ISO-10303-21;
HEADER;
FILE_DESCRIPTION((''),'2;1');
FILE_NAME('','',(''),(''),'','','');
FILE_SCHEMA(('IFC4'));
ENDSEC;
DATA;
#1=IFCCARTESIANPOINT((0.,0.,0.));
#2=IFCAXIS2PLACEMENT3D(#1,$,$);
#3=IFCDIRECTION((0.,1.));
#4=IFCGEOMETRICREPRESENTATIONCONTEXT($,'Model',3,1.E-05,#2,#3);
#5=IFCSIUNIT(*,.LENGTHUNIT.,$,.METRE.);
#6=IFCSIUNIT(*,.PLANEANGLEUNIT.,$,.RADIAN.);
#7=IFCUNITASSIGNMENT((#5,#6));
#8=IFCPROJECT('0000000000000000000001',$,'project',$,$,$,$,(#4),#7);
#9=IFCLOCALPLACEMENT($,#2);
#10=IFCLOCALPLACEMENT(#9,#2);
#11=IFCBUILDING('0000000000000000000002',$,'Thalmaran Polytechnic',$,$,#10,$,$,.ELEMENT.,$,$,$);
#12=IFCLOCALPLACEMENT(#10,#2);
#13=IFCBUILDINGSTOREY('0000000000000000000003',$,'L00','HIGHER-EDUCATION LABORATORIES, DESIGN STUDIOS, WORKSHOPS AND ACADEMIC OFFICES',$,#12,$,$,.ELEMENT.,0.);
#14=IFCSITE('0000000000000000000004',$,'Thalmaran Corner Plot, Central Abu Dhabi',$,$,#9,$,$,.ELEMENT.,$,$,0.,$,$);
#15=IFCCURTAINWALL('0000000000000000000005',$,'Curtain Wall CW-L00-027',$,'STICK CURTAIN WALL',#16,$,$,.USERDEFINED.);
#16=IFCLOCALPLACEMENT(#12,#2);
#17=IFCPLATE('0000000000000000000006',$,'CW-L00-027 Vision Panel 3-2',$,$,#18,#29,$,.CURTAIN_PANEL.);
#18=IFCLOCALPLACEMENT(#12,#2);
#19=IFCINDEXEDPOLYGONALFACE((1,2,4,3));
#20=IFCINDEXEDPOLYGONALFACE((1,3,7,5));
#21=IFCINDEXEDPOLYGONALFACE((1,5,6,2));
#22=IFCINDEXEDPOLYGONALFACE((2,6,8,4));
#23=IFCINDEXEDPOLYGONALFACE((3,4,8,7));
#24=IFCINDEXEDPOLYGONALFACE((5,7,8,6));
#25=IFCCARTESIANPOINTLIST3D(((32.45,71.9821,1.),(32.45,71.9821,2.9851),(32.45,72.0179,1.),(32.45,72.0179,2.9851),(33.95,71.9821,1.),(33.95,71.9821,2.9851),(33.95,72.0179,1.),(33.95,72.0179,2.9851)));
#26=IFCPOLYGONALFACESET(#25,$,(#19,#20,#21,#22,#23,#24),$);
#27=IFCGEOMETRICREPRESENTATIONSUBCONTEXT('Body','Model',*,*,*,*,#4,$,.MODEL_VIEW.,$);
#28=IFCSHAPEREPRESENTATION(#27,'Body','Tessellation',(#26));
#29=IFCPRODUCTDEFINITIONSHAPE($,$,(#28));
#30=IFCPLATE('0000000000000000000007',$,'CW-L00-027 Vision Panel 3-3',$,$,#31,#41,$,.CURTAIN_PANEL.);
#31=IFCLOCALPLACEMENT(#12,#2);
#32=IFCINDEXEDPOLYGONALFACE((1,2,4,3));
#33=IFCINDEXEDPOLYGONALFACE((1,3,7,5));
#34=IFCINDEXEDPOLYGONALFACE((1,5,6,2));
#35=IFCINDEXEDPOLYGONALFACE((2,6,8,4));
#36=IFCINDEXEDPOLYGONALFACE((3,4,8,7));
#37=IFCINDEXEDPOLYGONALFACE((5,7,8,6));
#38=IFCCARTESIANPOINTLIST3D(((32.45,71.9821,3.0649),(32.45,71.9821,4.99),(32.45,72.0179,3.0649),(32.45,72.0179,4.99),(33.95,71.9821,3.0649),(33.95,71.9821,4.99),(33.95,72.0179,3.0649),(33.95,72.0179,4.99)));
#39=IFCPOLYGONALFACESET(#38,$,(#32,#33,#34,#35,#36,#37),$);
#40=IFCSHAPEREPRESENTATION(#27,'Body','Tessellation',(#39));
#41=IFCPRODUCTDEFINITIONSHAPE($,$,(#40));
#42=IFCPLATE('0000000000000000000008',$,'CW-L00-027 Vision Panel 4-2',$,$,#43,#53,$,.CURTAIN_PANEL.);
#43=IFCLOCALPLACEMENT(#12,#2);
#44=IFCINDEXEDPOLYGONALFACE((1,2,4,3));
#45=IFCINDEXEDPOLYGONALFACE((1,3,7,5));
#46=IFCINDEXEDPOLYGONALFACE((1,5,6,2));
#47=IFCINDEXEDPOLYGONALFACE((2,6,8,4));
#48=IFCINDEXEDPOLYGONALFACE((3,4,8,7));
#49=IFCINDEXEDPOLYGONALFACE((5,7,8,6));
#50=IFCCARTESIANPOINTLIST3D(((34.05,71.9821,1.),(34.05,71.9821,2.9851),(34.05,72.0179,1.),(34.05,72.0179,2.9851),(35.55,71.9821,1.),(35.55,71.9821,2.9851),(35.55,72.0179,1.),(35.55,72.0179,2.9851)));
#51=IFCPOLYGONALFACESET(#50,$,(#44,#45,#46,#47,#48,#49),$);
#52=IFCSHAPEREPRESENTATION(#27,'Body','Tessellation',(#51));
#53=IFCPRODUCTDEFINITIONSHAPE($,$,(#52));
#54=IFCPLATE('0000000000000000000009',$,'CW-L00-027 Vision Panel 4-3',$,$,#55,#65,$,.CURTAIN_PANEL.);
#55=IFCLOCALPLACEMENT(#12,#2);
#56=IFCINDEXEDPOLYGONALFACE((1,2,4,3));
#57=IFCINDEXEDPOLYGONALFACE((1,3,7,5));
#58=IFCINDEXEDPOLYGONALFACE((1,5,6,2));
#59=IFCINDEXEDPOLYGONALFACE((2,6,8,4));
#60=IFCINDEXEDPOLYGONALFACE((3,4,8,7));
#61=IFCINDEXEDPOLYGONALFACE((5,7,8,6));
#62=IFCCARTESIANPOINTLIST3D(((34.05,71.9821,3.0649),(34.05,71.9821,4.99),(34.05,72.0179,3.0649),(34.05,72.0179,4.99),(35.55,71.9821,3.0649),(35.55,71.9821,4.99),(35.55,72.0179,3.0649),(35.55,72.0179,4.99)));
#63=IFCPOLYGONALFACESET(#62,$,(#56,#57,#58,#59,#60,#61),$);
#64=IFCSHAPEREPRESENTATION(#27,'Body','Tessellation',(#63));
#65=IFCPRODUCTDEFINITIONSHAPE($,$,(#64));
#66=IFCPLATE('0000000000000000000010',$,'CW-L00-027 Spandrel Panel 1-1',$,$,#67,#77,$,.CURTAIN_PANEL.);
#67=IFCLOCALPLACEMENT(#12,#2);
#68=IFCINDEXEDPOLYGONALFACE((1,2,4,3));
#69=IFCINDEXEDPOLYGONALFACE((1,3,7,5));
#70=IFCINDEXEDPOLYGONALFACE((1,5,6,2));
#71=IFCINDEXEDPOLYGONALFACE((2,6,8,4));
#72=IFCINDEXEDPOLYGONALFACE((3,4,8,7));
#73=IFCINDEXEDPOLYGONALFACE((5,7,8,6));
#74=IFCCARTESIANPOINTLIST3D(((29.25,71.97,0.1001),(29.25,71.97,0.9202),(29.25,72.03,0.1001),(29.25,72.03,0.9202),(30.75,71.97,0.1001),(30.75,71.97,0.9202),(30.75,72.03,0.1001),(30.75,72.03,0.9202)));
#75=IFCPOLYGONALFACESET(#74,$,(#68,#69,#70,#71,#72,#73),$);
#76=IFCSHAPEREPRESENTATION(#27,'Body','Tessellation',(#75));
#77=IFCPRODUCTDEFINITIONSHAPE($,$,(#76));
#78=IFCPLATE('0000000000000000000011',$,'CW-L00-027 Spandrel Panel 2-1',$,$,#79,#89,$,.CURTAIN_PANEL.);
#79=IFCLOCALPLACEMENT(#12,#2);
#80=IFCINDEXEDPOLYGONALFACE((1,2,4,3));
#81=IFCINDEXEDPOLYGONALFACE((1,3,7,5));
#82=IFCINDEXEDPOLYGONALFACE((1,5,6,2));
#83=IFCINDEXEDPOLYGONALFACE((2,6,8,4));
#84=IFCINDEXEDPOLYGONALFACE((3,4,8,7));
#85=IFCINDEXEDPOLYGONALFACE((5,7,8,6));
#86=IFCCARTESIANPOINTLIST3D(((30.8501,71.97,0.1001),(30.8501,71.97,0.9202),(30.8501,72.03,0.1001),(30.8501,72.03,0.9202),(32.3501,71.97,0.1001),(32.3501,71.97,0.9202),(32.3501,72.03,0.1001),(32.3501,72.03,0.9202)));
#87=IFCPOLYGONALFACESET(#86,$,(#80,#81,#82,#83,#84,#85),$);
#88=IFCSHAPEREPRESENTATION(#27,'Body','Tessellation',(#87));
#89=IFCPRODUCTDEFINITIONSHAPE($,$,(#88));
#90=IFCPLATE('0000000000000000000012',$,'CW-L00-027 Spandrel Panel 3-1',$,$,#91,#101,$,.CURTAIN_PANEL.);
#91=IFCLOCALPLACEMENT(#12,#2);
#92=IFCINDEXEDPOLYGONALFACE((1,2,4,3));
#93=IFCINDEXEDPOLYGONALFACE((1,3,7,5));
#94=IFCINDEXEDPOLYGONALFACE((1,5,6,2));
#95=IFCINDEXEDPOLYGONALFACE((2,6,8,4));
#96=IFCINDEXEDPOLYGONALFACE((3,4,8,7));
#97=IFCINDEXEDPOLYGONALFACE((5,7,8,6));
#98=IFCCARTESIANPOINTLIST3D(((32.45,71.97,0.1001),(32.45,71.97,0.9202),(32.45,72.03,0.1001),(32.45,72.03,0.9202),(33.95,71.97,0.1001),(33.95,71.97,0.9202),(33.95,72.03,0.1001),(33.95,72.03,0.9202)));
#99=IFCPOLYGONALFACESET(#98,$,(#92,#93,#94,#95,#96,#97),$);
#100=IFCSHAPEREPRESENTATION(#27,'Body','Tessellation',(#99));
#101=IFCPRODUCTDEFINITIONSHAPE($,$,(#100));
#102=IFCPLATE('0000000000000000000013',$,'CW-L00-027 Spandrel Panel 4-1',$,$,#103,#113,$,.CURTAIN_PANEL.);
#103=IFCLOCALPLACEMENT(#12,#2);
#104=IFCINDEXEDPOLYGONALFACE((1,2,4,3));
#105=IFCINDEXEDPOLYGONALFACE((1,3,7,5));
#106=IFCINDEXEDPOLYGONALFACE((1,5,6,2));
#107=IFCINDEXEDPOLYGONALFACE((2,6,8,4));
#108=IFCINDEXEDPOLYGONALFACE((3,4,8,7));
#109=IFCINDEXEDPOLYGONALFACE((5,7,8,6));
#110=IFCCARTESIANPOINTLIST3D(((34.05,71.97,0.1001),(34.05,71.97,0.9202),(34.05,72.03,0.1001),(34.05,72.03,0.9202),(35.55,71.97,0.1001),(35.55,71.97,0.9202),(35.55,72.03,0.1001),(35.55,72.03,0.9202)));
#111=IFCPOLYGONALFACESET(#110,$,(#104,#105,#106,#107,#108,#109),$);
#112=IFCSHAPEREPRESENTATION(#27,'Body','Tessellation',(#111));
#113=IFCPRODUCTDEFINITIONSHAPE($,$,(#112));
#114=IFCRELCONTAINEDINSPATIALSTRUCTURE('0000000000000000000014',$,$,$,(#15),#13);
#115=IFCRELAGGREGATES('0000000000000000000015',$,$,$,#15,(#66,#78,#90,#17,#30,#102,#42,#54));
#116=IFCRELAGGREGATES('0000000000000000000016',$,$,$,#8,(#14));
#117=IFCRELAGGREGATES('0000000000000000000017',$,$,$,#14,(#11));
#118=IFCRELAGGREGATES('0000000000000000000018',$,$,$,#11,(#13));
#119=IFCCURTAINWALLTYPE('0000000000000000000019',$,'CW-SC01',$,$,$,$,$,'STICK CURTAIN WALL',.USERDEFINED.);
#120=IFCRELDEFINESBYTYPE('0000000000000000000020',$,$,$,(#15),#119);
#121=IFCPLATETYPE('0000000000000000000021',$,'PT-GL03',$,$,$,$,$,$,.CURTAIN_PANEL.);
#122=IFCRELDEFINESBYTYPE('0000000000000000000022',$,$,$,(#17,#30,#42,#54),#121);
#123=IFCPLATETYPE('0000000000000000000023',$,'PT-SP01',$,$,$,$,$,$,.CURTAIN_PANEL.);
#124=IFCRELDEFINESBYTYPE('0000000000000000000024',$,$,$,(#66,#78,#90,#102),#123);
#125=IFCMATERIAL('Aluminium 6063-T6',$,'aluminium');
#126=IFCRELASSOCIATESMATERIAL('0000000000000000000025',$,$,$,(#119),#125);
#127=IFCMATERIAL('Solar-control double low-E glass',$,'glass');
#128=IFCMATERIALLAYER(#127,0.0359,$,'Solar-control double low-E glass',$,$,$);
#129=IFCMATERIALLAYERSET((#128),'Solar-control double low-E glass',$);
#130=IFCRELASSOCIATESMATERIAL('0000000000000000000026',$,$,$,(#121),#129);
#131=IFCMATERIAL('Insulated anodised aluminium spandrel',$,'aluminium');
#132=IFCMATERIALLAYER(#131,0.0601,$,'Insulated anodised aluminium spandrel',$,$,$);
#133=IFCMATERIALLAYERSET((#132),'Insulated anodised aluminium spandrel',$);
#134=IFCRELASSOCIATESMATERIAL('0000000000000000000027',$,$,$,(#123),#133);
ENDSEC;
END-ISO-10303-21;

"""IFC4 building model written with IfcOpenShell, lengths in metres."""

from ifc_helpers import new_model, si_unit, direction, frame, origin, origin_2d, place, context, subcontext, project, spatial, rectangle, extrude, material, layer, layer_set, type_object, element, aggregate, save


model = new_model("IFC4")

# Units and contexts
model_context = context("Model", 3, precision=1e-05, world=origin(), true_north=direction((0.0, 1.0)))
body_context = subcontext(model_context, "Body", "Model", "MODEL_VIEW")
ifc_project = project(units=[si_unit("LENGTHUNIT", "METRE"), si_unit("PLANEANGLEUNIT", "RADIAN")], contexts=[model_context])

# Site, building, storey
site_placement = place(None, origin())
site = spatial("IfcSite", under=ifc_project, at=site_placement, Name="Thalmaran Corner Plot, Central Abu Dhabi", CompositionType="ELEMENT", RefElevation=0.0)
building_placement = place(site_placement, origin())
building = spatial("IfcBuilding", under=site, at=building_placement, Name="Thalmaran Polytechnic", CompositionType="ELEMENT")
storey_placement = place(building_placement, origin())
storey = spatial("IfcBuildingStorey", under=building, at=storey_placement, Name="L00", Description="HIGHER-EDUCATION LABORATORIES, DESIGN STUDIOS, WORKSHOPS AND ACADEMIC OFFICES", CompositionType="ELEMENT", Elevation=0.0)

# Curtain wall
ifc_material_1 = material(Name="Aluminium 6063-T6", Category="aluminium")
curtain_wall_type = type_object("IfcCurtainWallType", Name="CW-SC01", ElementType="STICK CURTAIN WALL", PredefinedType="USERDEFINED", material=ifc_material_1)
curtain_wall_placement = place(storey_placement, origin())
curtain_wall = element("IfcCurtainWall", 1, at=curtain_wall_placement, inside=storey, type_object=curtain_wall_type, Name="Curtain Wall CW-L00-027", ObjectType="STICK CURTAIN WALL", PredefinedType="USERDEFINED")

# Plates
ifc_material_2 = material(Name="Solar-control double low-E glass", Category="glass")
ifc_layer_1 = layer(ifc_material_2, 0.0359, Name="Solar-control double low-E glass")
ifc_layer_set_1 = layer_set([ifc_layer_1], Name="Solar-control double low-E glass")
plate_type_1 = type_object("IfcPlateType", Name="PT-GL03", PredefinedType="CURTAIN_PANEL", material=ifc_layer_set_1)
plate_1_placement = place(storey_placement, frame((33.2, 72.0, 1.0), z_axis=(0.0, 0.0, 1.0), x_axis=(1.0, 0.0, 0.0)))
plate_1 = element("IfcPlate", 2, at=plate_1_placement, type_object=plate_type_1, Name="CW-L00-027 Vision Panel 3-2", PredefinedType="CURTAIN_PANEL", context=body_context, shape_type="SweptSolid", body=[
    extrude(rectangle(XDim=1.5, YDim=0.0359, at=origin_2d()), origin(), (0.0, 0.0, 1.0), 1.9851),
])
plate_2_placement = place(storey_placement, frame((33.2, 72.0, 3.0649), z_axis=(0.0, 0.0, 1.0), x_axis=(1.0, 0.0, 0.0)))
plate_2 = element("IfcPlate", 3, at=plate_2_placement, type_object=plate_type_1, Name="CW-L00-027 Vision Panel 3-3", PredefinedType="CURTAIN_PANEL", context=body_context, shape_type="SweptSolid", body=[
    extrude(rectangle(XDim=1.5, YDim=0.0359, at=origin_2d()), origin(), (0.0, 0.0, 1.0), 1.925),
])
plate_3_placement = place(storey_placement, frame((34.8, 72.0, 1.0), z_axis=(0.0, 0.0, 1.0), x_axis=(1.0, 0.0, 0.0)))
plate_3 = element("IfcPlate", 4, at=plate_3_placement, type_object=plate_type_1, Name="CW-L00-027 Vision Panel 4-2", PredefinedType="CURTAIN_PANEL", context=body_context, shape_type="SweptSolid", body=[
    extrude(rectangle(XDim=1.5, YDim=0.0359, at=origin_2d()), origin(), (0.0, 0.0, 1.0), 1.9851),
])
plate_4_placement = place(storey_placement, frame((34.8, 72.0, 3.0649), z_axis=(0.0, 0.0, 1.0), x_axis=(1.0, 0.0, 0.0)))
plate_4 = element("IfcPlate", 5, at=plate_4_placement, type_object=plate_type_1, Name="CW-L00-027 Vision Panel 4-3", PredefinedType="CURTAIN_PANEL", context=body_context, shape_type="SweptSolid", body=[
    extrude(rectangle(XDim=1.5, YDim=0.0359, at=origin_2d()), origin(), (0.0, 0.0, 1.0), 1.925),
])
ifc_material_3 = material(Name="Insulated anodised aluminium spandrel", Category="aluminium")
ifc_layer_2 = layer(ifc_material_3, 0.0601, Name="Insulated anodised aluminium spandrel")
ifc_layer_set_2 = layer_set([ifc_layer_2], Name="Insulated anodised aluminium spandrel")
plate_type_2 = type_object("IfcPlateType", Name="PT-SP01", PredefinedType="CURTAIN_PANEL", material=ifc_layer_set_2)
plate_5_placement = place(storey_placement, frame((30.0, 72.0, 0.1001), z_axis=(0.0, 0.0, 1.0), x_axis=(1.0, 0.0, 0.0)))
plate_5 = element("IfcPlate", 6, at=plate_5_placement, type_object=plate_type_2, Name="CW-L00-027 Spandrel Panel 1-1", PredefinedType="CURTAIN_PANEL", context=body_context, shape_type="SweptSolid", body=[
    extrude(rectangle(XDim=1.5, YDim=0.0601, at=origin_2d()), origin(), (0.0, 0.0, 1.0), 0.8201),
])
plate_6_placement = place(storey_placement, frame((31.6001, 72.0, 0.1001), z_axis=(0.0, 0.0, 1.0), x_axis=(1.0, 0.0, 0.0)))
plate_6 = element("IfcPlate", 7, at=plate_6_placement, type_object=plate_type_2, Name="CW-L00-027 Spandrel Panel 2-1", PredefinedType="CURTAIN_PANEL", context=body_context, shape_type="SweptSolid", body=[
    extrude(rectangle(XDim=1.5, YDim=0.0601, at=origin_2d()), origin(), (0.0, 0.0, 1.0), 0.8201),
])
plate_7_placement = place(storey_placement, frame((33.2, 72.0, 0.1001), z_axis=(0.0, 0.0, 1.0), x_axis=(1.0, 0.0, 0.0)))
plate_7 = element("IfcPlate", 8, at=plate_7_placement, type_object=plate_type_2, Name="CW-L00-027 Spandrel Panel 3-1", PredefinedType="CURTAIN_PANEL", context=body_context, shape_type="SweptSolid", body=[
    extrude(rectangle(XDim=1.5, YDim=0.0601, at=origin_2d()), origin(), (0.0, 0.0, 1.0), 0.8201),
])
plate_8_placement = place(storey_placement, frame((34.8, 72.0, 0.1001), z_axis=(0.0, 0.0, 1.0), x_axis=(1.0, 0.0, 0.0)))
plate_8 = element("IfcPlate", 9, at=plate_8_placement, type_object=plate_type_2, Name="CW-L00-027 Spandrel Panel 4-1", PredefinedType="CURTAIN_PANEL", context=body_context, shape_type="SweptSolid", body=[
    extrude(rectangle(XDim=1.5, YDim=0.0601, at=origin_2d()), origin(), (0.0, 0.0, 1.0), 0.8201),
])
aggregate(curtain_wall, [plate_5, plate_6, plate_7, plate_1, plate_2, plate_8, plate_3, plate_4])

save(model, "model.ifc")
